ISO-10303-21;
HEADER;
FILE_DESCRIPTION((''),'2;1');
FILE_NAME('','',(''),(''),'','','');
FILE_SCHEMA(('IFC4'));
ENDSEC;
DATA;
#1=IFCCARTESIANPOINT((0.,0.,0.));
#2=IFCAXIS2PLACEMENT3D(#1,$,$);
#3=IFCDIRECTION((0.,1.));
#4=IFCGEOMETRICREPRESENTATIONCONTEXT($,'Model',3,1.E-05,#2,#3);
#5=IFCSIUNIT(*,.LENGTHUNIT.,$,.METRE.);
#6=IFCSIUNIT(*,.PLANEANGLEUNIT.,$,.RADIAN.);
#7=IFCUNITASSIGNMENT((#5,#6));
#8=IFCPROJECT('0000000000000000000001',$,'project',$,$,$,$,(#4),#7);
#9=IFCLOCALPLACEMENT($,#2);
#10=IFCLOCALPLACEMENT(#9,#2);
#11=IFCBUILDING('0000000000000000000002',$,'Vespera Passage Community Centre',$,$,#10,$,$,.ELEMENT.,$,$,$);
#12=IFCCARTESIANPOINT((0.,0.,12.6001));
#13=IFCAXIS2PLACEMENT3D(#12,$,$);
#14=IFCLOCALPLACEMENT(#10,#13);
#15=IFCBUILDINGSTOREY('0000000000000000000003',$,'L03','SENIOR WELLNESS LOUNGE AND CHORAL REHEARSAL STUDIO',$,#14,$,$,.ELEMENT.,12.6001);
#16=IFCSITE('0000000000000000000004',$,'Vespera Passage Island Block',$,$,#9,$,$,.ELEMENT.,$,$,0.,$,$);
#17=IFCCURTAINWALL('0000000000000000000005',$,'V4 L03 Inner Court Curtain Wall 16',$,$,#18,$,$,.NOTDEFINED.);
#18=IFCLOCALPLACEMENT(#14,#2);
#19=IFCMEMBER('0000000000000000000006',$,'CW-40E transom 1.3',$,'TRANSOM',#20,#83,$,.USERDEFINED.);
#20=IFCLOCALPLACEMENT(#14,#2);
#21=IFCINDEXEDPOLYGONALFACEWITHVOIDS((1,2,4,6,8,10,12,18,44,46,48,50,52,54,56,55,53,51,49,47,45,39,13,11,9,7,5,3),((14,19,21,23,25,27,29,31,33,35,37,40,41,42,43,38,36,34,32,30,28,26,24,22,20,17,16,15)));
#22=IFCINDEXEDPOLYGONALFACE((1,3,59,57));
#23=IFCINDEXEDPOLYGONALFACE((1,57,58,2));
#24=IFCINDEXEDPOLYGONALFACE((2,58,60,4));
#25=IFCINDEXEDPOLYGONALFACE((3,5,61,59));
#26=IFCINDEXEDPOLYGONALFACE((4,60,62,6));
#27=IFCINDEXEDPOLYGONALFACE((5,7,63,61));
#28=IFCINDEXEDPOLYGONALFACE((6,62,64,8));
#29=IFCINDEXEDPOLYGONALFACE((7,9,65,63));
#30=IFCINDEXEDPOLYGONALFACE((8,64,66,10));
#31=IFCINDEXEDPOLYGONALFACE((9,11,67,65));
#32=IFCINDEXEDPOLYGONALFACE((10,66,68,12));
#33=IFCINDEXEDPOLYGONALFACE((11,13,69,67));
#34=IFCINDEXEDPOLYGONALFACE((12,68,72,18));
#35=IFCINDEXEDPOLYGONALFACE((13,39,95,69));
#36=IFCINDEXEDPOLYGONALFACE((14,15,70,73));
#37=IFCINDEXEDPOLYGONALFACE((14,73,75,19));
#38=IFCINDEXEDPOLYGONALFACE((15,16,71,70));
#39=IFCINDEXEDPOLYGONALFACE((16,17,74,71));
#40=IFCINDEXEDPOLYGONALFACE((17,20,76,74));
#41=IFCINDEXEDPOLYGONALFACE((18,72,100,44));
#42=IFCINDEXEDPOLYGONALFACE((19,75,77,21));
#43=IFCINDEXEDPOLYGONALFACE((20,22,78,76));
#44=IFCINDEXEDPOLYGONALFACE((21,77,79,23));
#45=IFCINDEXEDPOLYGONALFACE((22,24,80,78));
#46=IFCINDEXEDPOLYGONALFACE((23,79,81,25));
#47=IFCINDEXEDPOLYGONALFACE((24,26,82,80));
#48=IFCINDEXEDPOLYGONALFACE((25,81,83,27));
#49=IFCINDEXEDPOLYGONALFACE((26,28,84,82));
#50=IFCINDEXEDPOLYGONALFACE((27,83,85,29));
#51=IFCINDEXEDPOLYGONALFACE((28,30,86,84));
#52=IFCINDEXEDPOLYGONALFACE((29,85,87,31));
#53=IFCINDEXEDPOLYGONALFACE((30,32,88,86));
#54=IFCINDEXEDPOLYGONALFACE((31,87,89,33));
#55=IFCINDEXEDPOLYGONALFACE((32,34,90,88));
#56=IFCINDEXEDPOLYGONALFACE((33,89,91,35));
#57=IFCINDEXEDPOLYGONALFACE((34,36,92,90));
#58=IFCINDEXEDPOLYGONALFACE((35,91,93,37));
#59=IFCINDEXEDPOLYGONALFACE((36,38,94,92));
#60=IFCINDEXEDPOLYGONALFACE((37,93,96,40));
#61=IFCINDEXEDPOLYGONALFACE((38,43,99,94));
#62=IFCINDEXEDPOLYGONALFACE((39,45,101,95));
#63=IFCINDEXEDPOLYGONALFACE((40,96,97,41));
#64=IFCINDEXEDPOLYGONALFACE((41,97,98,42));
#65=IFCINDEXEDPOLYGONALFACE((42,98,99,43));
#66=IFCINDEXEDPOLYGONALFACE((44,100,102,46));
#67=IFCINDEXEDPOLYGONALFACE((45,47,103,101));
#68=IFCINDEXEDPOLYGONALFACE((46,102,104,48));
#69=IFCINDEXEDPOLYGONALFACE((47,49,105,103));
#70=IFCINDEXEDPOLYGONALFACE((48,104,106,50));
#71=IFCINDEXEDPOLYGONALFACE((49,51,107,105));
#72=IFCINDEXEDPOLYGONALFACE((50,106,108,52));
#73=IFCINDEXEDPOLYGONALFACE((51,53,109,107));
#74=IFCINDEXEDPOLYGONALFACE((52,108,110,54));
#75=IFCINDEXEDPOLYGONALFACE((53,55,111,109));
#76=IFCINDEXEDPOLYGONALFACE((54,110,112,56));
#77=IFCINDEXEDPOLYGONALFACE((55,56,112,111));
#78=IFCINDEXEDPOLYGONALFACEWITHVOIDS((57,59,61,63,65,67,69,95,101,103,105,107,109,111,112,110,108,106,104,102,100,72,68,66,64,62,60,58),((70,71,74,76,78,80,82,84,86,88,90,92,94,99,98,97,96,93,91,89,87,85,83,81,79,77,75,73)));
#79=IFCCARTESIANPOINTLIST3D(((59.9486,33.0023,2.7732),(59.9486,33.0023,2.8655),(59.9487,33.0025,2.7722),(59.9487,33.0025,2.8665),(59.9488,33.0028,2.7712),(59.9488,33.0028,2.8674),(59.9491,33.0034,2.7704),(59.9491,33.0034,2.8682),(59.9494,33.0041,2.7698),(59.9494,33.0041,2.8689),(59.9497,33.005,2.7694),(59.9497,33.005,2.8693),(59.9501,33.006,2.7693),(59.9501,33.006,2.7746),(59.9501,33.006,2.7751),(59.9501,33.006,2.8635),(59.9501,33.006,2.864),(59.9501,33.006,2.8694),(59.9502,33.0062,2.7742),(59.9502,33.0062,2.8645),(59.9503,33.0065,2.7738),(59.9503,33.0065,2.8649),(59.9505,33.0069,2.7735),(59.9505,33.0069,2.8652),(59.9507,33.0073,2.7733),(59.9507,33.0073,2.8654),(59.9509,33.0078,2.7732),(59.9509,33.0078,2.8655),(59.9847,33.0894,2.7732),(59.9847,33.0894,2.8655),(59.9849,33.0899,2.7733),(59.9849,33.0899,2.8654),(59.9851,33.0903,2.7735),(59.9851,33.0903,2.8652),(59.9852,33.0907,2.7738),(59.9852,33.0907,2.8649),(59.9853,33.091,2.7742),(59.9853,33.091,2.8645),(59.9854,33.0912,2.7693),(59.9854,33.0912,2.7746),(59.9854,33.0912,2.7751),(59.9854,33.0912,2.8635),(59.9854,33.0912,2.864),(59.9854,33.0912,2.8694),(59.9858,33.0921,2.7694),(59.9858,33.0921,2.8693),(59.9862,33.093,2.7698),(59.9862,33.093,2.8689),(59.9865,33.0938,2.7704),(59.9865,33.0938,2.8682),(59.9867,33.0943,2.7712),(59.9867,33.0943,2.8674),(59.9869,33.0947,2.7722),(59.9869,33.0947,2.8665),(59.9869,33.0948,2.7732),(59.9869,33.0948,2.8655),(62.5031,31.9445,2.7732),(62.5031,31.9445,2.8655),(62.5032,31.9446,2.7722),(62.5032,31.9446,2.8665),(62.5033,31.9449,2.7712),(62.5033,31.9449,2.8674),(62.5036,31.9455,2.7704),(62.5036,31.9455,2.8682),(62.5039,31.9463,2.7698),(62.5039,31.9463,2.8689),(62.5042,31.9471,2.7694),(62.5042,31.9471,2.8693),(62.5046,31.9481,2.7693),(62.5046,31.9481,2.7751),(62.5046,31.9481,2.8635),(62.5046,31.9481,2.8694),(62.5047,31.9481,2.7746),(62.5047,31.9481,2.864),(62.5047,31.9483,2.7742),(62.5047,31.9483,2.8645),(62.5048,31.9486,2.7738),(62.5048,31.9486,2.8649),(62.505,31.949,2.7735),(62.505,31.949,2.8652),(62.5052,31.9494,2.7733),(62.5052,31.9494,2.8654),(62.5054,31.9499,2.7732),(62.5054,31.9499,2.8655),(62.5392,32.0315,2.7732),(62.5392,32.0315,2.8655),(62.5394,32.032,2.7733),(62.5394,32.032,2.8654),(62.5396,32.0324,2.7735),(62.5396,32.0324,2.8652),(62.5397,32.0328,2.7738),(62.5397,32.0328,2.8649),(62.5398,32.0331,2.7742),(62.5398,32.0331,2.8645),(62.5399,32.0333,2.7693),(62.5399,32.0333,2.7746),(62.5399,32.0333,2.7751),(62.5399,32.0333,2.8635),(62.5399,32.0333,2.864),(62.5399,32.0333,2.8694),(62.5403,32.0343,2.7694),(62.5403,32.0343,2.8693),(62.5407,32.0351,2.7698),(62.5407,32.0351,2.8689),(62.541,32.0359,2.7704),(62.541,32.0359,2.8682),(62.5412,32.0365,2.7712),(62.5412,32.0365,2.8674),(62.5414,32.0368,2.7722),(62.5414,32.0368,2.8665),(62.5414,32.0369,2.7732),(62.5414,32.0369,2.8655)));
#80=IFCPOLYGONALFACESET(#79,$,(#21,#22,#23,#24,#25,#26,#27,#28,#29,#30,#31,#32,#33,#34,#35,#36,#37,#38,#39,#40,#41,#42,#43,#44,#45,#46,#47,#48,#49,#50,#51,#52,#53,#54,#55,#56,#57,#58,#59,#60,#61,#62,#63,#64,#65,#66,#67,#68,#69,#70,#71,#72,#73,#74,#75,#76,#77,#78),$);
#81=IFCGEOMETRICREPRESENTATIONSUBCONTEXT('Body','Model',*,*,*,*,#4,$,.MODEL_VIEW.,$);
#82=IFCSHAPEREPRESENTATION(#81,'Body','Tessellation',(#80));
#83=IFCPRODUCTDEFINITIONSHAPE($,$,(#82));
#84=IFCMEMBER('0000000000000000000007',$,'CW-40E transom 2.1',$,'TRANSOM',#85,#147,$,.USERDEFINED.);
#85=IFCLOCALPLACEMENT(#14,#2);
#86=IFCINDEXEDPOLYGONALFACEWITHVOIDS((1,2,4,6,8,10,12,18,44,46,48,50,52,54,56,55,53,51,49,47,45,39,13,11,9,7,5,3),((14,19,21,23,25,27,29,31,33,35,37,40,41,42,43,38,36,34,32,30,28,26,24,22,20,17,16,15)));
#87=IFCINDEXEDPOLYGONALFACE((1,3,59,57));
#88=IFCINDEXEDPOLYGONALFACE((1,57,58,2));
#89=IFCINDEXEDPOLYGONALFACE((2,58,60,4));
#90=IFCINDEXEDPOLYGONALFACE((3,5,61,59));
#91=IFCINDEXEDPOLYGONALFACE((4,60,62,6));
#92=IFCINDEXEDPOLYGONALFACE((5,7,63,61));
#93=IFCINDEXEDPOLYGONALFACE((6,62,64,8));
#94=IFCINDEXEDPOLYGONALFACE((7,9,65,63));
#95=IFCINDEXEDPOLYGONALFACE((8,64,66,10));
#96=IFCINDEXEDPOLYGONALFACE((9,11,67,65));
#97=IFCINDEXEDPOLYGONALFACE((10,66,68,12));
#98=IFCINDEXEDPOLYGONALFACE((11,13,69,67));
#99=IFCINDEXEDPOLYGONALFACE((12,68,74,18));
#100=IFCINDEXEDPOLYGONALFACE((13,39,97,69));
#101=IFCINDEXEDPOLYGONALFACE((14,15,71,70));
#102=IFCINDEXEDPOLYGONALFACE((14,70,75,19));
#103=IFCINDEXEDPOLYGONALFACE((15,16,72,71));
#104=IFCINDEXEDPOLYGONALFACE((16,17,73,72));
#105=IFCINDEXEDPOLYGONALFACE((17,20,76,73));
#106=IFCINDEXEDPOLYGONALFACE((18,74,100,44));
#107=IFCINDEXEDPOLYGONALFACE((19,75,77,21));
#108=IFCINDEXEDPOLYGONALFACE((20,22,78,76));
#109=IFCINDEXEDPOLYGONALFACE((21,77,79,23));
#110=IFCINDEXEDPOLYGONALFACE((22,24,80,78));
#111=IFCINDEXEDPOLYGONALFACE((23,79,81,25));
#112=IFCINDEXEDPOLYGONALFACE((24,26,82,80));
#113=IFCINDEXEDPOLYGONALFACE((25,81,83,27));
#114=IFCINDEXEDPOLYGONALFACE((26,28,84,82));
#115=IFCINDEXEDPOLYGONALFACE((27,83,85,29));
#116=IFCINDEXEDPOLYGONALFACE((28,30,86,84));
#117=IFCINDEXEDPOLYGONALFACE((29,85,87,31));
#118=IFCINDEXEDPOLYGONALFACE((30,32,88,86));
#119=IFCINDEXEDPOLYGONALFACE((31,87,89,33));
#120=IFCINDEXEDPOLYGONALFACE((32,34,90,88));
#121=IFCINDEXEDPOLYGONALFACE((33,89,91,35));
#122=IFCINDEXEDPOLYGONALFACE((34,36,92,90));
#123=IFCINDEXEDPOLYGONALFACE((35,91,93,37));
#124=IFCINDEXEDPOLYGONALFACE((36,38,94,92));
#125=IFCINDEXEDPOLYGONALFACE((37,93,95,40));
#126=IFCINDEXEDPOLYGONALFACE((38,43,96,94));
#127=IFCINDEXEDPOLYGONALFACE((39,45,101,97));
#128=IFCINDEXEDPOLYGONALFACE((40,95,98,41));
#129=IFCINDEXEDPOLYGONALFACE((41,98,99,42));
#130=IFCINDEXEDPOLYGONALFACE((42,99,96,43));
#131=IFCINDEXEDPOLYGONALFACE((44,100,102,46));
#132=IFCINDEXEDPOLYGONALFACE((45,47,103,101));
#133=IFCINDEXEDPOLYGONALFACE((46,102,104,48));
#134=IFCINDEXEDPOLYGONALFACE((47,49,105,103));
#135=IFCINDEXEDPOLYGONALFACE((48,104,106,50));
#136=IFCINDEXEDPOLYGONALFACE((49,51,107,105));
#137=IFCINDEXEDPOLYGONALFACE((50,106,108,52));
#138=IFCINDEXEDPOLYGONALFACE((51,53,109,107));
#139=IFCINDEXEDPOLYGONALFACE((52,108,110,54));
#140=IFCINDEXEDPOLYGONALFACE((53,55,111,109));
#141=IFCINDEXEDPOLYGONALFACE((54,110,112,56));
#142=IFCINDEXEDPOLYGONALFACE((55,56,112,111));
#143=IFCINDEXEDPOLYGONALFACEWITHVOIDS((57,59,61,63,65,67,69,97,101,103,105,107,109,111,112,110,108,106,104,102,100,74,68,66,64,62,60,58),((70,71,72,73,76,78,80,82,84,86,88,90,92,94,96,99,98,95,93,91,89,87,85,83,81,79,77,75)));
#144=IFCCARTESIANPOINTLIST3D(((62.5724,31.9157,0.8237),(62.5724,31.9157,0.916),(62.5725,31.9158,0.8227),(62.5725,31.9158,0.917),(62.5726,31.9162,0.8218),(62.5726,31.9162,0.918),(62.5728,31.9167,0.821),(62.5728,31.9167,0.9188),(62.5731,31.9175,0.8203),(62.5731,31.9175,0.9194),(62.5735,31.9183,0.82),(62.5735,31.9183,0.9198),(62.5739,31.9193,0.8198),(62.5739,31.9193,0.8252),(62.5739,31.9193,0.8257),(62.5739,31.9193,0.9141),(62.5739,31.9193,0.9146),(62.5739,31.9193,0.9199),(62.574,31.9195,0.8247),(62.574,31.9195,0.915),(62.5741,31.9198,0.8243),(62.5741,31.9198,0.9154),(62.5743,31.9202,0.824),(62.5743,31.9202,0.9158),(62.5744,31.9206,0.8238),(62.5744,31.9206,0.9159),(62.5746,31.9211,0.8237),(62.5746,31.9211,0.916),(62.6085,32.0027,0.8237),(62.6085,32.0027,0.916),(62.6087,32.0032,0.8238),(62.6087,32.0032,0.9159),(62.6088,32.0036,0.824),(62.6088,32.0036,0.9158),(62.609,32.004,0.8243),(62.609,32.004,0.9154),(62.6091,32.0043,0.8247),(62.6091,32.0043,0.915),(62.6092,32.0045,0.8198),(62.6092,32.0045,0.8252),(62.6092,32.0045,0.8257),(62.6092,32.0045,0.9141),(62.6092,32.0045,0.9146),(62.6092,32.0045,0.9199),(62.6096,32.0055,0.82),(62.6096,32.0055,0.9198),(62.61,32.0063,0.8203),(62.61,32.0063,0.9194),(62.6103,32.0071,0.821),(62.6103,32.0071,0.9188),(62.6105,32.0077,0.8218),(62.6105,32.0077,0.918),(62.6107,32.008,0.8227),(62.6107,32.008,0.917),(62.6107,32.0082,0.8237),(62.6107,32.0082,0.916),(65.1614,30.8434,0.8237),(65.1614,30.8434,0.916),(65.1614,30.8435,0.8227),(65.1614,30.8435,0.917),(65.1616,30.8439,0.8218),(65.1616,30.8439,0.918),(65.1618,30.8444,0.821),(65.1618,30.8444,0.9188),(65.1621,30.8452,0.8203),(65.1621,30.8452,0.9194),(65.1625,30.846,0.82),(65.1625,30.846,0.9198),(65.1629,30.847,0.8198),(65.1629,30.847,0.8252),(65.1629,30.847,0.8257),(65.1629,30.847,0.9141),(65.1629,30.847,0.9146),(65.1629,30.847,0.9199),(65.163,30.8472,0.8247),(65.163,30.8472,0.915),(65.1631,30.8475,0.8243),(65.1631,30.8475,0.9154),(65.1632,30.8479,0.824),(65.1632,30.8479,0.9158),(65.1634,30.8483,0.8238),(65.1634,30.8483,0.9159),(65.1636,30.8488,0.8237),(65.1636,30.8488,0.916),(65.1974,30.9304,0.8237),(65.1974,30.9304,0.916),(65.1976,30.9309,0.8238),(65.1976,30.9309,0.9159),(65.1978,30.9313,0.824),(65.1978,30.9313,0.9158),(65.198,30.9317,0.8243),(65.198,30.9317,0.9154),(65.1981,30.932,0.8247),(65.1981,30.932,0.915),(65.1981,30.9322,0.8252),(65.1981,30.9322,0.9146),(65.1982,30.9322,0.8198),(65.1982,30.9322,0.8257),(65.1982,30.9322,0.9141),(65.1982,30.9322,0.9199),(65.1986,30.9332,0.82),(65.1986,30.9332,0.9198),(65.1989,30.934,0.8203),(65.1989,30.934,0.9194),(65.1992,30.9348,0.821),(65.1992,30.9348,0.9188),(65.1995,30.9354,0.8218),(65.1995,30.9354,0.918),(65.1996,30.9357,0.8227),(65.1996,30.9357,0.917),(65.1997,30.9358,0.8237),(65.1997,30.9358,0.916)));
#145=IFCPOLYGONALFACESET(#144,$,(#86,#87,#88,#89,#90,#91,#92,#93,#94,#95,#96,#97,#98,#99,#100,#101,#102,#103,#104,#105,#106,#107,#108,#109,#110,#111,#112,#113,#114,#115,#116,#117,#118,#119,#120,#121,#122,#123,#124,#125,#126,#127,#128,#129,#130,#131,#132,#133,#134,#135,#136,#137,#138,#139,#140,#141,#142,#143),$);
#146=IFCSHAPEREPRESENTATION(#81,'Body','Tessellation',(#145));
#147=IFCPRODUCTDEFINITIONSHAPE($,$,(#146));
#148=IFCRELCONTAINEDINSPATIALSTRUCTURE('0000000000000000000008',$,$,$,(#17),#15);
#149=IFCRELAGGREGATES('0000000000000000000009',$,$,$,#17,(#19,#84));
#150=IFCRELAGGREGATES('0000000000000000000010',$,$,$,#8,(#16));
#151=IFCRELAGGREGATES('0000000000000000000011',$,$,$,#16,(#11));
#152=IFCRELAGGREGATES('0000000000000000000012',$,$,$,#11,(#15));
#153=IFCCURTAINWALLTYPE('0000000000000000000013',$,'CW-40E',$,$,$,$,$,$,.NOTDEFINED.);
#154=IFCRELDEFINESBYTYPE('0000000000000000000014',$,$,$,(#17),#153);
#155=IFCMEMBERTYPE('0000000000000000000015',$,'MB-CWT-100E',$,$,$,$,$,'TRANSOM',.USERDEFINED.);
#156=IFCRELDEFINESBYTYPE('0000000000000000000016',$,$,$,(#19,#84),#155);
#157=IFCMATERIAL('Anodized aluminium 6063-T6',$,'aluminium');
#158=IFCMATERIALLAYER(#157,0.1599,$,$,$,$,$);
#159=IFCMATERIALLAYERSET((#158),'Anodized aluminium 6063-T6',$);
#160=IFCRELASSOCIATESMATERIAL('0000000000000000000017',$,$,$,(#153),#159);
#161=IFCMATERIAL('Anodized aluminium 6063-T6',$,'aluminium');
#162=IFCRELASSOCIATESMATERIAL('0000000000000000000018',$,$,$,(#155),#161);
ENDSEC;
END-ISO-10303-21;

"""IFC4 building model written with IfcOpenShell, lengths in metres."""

from ifc_helpers import new_model, si_unit, direction, frame, origin, origin_2d, place, context, subcontext, project, spatial, hollow_rectangle, extrude, material, layer, layer_set, material_profile, profile_set, type_object, element, aggregate, save


model = new_model("IFC4")

# Units and contexts
model_context = context("Model", 3, precision=1e-05, world=origin(), true_north=direction((0.0, 1.0)))
body_context = subcontext(model_context, "Body", "Model", "MODEL_VIEW")
ifc_project = project(units=[si_unit("LENGTHUNIT", "METRE"), si_unit("PLANEANGLEUNIT", "RADIAN")], contexts=[model_context])

# Site, building, storey
site_placement = place(None, origin())
site = spatial("IfcSite", under=ifc_project, at=site_placement, Name="Vespera Passage Island Block", CompositionType="ELEMENT", RefElevation=0.0)
building_placement = place(site_placement, origin())
building = spatial("IfcBuilding", under=site, at=building_placement, Name="Vespera Passage Community Centre", CompositionType="ELEMENT")
storey_placement = place(building_placement, frame((0.0, 0.0, 12.6001)))
storey = spatial("IfcBuildingStorey", under=building, at=storey_placement, Name="L03", Description="SENIOR WELLNESS LOUNGE AND CHORAL REHEARSAL STUDIO", CompositionType="ELEMENT", Elevation=12.6001)

# Curtain wall
ifc_material_1 = material(Name="Anodized aluminium 6063-T6", Category="aluminium")
ifc_layer_1 = layer(ifc_material_1, 0.1599)
ifc_layer_set_1 = layer_set([ifc_layer_1], Name="Anodized aluminium 6063-T6")
curtain_wall_type = type_object("IfcCurtainWallType", Name="CW-40E", PredefinedType="NOTDEFINED", material=ifc_layer_set_1)
curtain_wall_1_placement = place(storey_placement, origin())
curtain_wall_1 = element("IfcCurtainWall", 1, at=curtain_wall_1_placement, inside=storey, type_object=curtain_wall_type, Name="V4 L03 Inner Court Curtain Wall 16", PredefinedType="NOTDEFINED")

# Members
ifc_material_2 = material(Name="Anodized aluminium 6063-T6", Category="aluminium")
ifc_material_profile_1 = material_profile(ifc_material_2, hollow_rectangle(XDim=0.1001, YDim=0.1001, WallThickness=0.0039, InnerFilletRadius=0.002, OuterFilletRadius=0.0039, at=origin_2d()), Name="ALU100X100X4")
ifc_profile_set_1 = profile_set([ifc_material_profile_1], Name="Anodized aluminium 6063-T6")
member_type_1 = type_object("IfcMemberType", Name="MB-CWT-100E", ElementType="TRANSOM", PredefinedType="USERDEFINED", material=ifc_profile_set_1)
member_1_placement = place(storey_placement, frame((59.9678, 33.0486, 2.8193), z_axis=(0.923908, -0.382614, 0.0), x_axis=(0.382614, 0.923908, 0.0)))
member_1 = element("IfcMember", 2, at=member_1_placement, type_object=member_type_1, Name="CW-40E transom 1.3", ObjectType="TRANSOM", PredefinedType="USERDEFINED", context=body_context, shape_type="SweptSolid", body=[
    extrude(hollow_rectangle(XDim=0.1001, YDim=0.1001, WallThickness=0.0039, InnerFilletRadius=0.002, OuterFilletRadius=0.0039, at=origin_2d()), origin(), (0.0, 0.0, 1.0), 2.7649),
])
member_2_placement = place(storey_placement, frame((62.5916, 31.9619, 0.8699), z_axis=(0.923889, -0.38266, 0.0), x_axis=(0.38266, 0.923889, 0.0)))
member_2 = element("IfcMember", 3, at=member_2_placement, type_object=member_type_1, Name="CW-40E transom 2.1", ObjectType="TRANSOM", PredefinedType="USERDEFINED", context=body_context, shape_type="SweptSolid", body=[
    extrude(hollow_rectangle(XDim=0.1001, YDim=0.1001, WallThickness=0.0039, InnerFilletRadius=0.002, OuterFilletRadius=0.0039, at=origin_2d()), origin(), (0.0, 0.0, 1.0), 2.8022),
])

aggregate(curtain_wall_1, [member_1, member_2])

save(model, "model.ifc")
